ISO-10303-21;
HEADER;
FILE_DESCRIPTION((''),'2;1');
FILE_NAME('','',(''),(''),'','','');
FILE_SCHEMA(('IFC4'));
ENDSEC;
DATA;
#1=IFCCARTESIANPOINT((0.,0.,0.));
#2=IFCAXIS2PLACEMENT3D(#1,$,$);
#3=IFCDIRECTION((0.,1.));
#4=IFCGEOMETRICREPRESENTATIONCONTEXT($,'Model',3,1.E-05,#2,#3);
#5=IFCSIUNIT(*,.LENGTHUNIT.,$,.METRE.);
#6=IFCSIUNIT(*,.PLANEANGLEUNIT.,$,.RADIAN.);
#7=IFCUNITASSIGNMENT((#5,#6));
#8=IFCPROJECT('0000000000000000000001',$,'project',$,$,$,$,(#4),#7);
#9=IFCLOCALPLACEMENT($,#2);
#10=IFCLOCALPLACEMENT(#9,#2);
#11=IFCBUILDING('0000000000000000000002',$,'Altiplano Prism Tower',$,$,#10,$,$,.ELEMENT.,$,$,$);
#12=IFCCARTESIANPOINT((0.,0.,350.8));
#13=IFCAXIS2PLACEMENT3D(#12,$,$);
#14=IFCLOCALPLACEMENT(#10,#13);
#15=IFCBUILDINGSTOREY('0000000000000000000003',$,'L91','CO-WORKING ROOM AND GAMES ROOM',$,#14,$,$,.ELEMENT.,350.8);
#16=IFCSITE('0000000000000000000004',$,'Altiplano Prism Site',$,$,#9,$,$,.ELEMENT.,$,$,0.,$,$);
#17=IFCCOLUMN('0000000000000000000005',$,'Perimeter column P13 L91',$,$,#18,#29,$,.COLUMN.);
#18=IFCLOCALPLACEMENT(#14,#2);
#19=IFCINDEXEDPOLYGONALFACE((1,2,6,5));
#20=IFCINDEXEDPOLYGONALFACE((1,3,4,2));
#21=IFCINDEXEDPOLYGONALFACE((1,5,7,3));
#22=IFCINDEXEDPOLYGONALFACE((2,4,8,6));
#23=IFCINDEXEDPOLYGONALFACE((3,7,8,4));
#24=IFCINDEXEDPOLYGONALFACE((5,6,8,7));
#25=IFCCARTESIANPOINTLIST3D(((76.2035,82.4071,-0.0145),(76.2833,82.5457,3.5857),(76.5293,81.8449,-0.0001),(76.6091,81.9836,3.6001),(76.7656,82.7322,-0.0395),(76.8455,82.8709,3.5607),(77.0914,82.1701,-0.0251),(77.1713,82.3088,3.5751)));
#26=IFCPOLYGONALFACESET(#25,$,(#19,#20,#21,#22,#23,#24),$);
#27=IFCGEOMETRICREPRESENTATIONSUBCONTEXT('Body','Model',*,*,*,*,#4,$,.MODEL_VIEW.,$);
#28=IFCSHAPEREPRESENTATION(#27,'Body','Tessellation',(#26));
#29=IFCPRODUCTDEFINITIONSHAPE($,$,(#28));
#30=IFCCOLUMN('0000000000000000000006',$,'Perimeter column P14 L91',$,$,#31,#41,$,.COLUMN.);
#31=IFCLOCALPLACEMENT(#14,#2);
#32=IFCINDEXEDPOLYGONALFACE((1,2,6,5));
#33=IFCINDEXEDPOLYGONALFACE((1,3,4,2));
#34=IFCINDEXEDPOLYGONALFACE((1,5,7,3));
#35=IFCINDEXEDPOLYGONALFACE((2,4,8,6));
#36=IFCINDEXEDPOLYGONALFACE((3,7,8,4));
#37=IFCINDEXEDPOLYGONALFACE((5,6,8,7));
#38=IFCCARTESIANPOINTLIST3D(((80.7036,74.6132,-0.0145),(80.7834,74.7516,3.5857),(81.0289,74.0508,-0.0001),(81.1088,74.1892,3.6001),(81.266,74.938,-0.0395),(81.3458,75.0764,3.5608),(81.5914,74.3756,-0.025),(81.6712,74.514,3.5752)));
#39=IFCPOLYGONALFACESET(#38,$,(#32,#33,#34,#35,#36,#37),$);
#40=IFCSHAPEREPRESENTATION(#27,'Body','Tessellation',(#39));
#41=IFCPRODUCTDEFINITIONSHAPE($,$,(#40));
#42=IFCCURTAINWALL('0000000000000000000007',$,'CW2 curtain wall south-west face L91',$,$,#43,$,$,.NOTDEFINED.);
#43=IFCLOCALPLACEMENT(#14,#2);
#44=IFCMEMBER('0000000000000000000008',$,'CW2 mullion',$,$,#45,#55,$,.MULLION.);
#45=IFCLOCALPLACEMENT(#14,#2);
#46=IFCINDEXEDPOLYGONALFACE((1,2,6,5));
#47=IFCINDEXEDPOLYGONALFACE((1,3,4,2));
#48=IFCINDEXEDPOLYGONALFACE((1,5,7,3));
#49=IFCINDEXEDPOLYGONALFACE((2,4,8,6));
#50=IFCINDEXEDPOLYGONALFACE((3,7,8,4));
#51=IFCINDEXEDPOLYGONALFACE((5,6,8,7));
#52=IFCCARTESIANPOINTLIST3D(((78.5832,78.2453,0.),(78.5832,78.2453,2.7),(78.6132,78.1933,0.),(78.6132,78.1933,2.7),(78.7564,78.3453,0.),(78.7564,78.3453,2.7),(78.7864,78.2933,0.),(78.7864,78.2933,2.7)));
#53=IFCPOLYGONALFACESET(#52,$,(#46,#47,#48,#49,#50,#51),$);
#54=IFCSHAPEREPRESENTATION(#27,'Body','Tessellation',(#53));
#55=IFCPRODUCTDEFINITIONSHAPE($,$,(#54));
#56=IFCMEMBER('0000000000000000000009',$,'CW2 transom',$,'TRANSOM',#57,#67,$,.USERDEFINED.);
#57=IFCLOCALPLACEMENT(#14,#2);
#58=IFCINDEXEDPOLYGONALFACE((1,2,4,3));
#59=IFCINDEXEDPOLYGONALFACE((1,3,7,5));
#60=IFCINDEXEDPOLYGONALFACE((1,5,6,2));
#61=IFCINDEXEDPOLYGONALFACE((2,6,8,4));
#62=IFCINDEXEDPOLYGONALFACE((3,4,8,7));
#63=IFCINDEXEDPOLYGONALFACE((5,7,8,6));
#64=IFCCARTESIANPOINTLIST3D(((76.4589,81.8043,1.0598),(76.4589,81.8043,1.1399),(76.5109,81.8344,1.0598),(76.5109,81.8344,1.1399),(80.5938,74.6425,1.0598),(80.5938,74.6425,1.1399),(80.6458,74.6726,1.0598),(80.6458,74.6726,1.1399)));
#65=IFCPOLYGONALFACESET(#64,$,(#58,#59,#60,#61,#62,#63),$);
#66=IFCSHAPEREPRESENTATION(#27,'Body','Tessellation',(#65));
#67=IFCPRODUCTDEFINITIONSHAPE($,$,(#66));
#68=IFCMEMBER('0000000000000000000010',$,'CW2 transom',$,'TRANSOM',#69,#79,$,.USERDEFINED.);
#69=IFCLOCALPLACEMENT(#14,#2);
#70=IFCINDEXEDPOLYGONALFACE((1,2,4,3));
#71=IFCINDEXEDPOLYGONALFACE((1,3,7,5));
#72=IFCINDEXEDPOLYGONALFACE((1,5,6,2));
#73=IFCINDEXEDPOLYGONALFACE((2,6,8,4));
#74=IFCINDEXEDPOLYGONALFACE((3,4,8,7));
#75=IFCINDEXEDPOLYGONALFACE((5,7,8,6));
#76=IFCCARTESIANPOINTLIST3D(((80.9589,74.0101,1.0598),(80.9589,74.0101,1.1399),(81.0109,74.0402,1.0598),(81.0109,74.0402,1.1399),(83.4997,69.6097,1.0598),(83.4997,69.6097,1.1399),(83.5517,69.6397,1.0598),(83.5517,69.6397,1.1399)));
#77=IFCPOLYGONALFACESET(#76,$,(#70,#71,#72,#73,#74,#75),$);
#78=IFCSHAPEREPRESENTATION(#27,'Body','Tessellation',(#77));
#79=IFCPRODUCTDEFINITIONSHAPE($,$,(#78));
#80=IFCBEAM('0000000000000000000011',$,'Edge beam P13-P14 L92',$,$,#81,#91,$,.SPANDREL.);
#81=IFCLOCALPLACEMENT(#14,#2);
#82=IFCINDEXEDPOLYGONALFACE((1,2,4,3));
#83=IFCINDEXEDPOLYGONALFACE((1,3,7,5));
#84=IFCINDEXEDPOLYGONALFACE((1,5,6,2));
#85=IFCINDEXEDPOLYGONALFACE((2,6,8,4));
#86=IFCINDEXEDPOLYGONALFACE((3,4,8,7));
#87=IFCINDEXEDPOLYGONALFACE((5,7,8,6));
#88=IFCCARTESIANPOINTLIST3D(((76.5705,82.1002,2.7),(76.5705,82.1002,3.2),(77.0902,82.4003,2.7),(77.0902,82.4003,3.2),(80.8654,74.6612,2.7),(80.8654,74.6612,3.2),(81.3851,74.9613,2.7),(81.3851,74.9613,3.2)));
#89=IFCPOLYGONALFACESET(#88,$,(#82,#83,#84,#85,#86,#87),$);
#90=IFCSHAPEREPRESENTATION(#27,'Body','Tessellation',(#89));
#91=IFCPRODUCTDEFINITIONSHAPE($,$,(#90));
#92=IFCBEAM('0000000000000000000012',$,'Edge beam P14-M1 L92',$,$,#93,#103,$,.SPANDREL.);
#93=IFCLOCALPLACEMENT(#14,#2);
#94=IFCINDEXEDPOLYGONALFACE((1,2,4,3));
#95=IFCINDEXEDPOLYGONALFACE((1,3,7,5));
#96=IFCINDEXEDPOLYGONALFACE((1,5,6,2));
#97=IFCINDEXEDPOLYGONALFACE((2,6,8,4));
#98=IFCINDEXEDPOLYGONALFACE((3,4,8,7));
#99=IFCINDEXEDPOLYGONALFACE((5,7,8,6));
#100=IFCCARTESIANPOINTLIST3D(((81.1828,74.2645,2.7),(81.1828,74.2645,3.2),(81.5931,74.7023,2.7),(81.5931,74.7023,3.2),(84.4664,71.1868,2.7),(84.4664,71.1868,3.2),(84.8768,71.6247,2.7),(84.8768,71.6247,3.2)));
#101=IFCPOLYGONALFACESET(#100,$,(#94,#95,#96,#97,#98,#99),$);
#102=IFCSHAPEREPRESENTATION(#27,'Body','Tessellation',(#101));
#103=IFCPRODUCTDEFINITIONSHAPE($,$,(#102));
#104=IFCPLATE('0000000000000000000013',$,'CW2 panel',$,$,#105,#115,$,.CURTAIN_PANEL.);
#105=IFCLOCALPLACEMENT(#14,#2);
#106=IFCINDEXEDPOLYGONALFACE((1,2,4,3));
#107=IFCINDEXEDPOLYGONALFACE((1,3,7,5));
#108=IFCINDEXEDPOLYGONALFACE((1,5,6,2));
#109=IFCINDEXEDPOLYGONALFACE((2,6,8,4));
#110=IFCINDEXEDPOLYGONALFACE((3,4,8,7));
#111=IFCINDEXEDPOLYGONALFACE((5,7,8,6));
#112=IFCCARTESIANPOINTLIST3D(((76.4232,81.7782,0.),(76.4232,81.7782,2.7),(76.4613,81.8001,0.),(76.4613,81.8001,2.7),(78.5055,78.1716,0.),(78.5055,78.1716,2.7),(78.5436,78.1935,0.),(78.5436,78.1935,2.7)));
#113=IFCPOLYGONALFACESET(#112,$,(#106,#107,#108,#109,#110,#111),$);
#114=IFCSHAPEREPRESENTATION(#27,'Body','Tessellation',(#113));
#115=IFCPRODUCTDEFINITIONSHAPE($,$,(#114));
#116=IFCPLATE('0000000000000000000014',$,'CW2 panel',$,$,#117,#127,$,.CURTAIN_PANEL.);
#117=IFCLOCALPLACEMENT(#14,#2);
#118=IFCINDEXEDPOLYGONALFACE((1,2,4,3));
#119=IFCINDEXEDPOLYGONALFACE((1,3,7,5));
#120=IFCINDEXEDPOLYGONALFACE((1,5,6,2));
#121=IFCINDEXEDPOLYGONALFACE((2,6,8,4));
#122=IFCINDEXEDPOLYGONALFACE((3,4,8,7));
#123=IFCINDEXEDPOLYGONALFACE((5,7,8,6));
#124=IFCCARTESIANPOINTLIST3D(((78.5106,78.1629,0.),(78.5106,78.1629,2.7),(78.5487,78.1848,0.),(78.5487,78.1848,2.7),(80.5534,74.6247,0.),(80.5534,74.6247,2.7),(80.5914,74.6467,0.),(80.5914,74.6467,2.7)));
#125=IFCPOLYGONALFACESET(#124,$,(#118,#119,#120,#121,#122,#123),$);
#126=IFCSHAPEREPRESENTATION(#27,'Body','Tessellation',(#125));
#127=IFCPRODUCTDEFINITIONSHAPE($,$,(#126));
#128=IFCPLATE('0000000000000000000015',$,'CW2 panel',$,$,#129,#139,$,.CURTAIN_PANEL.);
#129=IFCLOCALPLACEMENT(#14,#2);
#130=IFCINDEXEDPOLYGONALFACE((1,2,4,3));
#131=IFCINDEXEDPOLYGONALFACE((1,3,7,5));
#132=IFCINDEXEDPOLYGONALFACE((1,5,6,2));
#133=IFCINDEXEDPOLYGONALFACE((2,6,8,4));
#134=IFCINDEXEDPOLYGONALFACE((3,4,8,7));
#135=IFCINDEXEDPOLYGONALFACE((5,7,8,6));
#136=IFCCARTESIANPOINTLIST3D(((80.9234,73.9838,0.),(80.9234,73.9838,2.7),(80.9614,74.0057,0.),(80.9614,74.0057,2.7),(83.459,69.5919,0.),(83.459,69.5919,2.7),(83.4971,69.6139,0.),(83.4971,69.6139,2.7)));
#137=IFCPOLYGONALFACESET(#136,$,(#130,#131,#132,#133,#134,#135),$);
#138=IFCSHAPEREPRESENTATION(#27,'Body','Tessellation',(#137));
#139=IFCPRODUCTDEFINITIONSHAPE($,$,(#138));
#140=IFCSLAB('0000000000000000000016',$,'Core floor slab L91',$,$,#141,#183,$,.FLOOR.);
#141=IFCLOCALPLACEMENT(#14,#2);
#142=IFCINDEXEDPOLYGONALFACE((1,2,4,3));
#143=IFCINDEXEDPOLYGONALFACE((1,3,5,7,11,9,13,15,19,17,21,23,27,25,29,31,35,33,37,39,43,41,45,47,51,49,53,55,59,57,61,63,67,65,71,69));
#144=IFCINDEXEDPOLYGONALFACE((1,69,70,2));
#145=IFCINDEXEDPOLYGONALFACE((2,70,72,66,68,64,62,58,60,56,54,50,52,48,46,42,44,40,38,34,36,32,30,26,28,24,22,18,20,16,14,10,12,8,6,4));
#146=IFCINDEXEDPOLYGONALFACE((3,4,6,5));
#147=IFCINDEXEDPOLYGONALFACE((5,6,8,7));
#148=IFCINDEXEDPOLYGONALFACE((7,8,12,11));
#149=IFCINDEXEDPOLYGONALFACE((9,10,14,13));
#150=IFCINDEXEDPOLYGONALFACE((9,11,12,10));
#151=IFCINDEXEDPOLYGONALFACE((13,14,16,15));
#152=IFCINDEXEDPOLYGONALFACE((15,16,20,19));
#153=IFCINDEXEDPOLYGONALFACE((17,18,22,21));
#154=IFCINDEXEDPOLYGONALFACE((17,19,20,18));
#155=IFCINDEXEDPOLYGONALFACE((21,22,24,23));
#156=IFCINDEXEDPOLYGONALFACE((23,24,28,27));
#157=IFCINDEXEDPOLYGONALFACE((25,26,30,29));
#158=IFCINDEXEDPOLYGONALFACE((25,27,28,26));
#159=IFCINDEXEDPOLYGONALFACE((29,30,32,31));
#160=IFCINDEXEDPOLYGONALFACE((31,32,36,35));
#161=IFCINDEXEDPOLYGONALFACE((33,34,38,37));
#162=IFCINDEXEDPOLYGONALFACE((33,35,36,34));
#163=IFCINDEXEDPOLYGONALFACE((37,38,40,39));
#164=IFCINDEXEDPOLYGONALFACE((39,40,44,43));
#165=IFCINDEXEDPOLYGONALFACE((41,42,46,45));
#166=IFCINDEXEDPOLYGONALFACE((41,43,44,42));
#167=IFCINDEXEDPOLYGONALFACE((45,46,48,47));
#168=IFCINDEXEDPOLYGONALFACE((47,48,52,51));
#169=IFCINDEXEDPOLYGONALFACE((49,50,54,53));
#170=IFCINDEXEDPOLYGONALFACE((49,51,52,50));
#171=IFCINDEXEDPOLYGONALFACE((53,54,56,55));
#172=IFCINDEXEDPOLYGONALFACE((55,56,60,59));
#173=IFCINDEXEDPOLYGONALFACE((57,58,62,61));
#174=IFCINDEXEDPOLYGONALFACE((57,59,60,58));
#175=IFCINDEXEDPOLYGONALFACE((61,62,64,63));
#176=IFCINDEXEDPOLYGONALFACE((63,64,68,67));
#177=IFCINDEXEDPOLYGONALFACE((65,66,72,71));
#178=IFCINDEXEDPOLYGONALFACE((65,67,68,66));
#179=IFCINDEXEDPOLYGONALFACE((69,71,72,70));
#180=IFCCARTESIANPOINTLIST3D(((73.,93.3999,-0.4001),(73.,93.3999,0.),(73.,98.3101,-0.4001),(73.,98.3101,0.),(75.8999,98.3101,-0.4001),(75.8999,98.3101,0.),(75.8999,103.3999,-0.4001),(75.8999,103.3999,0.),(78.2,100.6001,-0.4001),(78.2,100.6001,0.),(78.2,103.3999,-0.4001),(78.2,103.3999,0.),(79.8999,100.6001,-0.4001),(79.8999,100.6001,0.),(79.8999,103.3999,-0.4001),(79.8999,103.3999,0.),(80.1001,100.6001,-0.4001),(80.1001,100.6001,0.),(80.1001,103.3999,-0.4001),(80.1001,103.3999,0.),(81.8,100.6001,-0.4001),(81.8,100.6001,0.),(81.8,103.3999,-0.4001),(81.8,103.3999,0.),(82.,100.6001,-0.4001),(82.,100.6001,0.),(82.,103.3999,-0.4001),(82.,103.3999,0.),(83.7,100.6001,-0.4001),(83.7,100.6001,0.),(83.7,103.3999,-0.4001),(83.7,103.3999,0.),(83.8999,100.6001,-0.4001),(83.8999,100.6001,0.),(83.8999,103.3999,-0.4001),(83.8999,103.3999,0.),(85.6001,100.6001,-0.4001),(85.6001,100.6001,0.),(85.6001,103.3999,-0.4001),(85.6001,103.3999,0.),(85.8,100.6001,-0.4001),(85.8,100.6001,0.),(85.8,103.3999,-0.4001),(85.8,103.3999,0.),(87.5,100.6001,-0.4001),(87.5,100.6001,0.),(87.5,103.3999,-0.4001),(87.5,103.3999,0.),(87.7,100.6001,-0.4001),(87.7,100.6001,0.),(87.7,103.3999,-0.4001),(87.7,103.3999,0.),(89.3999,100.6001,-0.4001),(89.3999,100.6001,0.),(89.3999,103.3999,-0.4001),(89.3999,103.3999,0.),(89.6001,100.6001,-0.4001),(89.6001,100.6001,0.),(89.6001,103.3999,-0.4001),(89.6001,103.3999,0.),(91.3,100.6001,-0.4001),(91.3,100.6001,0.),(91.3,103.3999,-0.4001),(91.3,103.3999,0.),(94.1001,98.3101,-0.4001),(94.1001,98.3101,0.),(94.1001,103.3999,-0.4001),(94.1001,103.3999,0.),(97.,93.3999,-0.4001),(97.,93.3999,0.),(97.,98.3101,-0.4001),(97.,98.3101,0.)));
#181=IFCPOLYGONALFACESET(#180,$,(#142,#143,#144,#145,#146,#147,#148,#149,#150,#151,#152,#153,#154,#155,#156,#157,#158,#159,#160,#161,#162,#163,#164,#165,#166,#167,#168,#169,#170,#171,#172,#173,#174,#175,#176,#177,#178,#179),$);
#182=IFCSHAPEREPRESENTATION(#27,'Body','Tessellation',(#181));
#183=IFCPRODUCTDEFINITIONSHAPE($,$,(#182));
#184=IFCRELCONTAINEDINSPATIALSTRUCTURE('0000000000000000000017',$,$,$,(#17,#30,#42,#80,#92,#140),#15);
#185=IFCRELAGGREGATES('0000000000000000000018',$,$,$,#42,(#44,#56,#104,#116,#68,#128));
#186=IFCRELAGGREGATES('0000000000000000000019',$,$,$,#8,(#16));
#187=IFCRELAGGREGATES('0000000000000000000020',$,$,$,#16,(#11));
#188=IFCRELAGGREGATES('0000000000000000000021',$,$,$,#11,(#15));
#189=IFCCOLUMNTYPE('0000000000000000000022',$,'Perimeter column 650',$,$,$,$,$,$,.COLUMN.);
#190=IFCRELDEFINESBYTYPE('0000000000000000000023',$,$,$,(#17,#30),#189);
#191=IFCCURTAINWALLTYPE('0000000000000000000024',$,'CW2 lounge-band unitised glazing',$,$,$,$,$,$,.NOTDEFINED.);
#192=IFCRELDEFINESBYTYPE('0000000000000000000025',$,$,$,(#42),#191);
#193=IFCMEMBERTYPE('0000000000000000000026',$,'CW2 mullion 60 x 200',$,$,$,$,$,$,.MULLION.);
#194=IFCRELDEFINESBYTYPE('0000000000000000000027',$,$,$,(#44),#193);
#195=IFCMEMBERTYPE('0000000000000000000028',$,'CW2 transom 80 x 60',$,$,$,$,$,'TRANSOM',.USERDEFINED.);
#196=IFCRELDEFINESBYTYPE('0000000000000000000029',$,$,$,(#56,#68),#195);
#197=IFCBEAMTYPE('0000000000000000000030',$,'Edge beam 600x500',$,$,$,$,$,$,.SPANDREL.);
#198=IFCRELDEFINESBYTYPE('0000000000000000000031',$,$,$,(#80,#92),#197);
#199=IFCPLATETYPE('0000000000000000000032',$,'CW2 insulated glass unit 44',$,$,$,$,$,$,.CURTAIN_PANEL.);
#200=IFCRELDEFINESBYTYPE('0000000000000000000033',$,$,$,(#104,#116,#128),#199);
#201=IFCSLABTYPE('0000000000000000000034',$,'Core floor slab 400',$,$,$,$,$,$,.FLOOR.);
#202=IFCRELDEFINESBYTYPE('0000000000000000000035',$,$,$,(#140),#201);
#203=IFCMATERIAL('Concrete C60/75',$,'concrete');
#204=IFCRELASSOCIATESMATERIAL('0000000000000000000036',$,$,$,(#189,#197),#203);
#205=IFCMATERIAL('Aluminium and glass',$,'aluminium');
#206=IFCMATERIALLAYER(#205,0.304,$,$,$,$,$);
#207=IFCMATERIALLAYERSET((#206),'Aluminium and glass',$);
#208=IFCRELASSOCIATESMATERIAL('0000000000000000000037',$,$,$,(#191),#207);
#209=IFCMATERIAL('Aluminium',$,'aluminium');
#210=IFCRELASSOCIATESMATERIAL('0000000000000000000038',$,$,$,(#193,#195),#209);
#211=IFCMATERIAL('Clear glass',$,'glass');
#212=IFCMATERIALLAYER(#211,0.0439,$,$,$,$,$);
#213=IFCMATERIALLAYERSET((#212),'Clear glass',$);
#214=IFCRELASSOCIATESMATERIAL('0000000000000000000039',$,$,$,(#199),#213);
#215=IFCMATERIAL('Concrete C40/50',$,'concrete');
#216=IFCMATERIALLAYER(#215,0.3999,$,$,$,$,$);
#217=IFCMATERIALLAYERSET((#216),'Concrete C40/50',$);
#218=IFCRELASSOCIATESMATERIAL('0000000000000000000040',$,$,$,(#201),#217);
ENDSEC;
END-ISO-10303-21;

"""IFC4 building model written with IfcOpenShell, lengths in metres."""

from ifc_helpers import new_model, si_unit, direction, frame, origin, origin_2d, place, context, subcontext, project, spatial, polyline, rectangle, outline, extrude, material, layer, layer_set, material_profile, profile_set, type_object, element, aggregate, save


model = new_model("IFC4")

# Units and contexts
model_context = context("Model", 3, precision=1e-05, world=origin(), true_north=direction((0.0, 1.0)))
body_context = subcontext(model_context, "Body", "Model", "MODEL_VIEW")
ifc_project = project(units=[si_unit("LENGTHUNIT", "METRE"), si_unit("PLANEANGLEUNIT", "RADIAN")], contexts=[model_context])

# Site, building, storey
site_placement = place(None, origin())
site = spatial("IfcSite", under=ifc_project, at=site_placement, Name="Altiplano Prism Site", CompositionType="ELEMENT", RefElevation=0.0)
building_placement = place(site_placement, origin())
building = spatial("IfcBuilding", under=site, at=building_placement, Name="Altiplano Prism Tower", CompositionType="ELEMENT")
storey_placement = place(building_placement, frame((0.0, 0.0, 350.8)))
storey = spatial("IfcBuildingStorey", under=building, at=storey_placement, Name="L91", Description="CO-WORKING ROOM AND GAMES ROOM", CompositionType="ELEMENT", Elevation=350.8)

# Columns
ifc_material_1 = material(Name="Concrete C60/75", Category="concrete")
ifc_material_profile_1 = material_profile(ifc_material_1, rectangle(XDim=0.6499, YDim=0.6499, at=origin_2d()), Name="Perimeter column 650")
ifc_profile_set_1 = profile_set([ifc_material_profile_1], Name="Concrete C60/75")
column_type = type_object("IfcColumnType", Name="Perimeter column 650", PredefinedType="COLUMN", material=ifc_profile_set_1)
for number, where, z_axis, x_axis, name in (
    (1, (76.6475, 82.2886, -0.0198), (0.022154, 0.038481, 0.999014), (-0.86498, -0.500331, 0.038454), "Perimeter column P13 L91"),
    (2, (81.1475, 74.4944, -0.0198), (0.022154, 0.038413, 0.999016), (-0.865362, -0.499674, 0.038403), "Perimeter column P14 L91"),
):
    element("IfcColumn", number, at=place(storey_placement, frame(where, z_axis=z_axis, x_axis=x_axis)), inside=storey, type_object=column_type, Name=name, PredefinedType="COLUMN", context=body_context, shape_type="SweptSolid", body=[
        extrude(rectangle(XDim=0.6499, YDim=0.6499, at=origin_2d()), origin(), (0.0, 0.0, 1.0), 3.6038),
    ])

# Curtain wall, members
ifc_material_2 = material(Name="Aluminium and glass", Category="aluminium")
ifc_layer_1 = layer(ifc_material_2, 0.304)
ifc_layer_set_1 = layer_set([ifc_layer_1], Name="Aluminium and glass")
curtain_wall_type = type_object("IfcCurtainWallType", Name="CW2 lounge-band unitised glazing", PredefinedType="NOTDEFINED", material=ifc_layer_set_1)
curtain_wall_placement = place(storey_placement, origin())
curtain_wall = element("IfcCurtainWall", 3, at=curtain_wall_placement, inside=storey, type_object=curtain_wall_type, Name="CW2 curtain wall south-west face L91", PredefinedType="NOTDEFINED")
ifc_material_3 = material(Name="Aluminium", Category="aluminium")
ifc_material_profile_2 = material_profile(ifc_material_3, rectangle(XDim=0.2, YDim=0.0601, at=origin_2d()), Name="CW2 mullion 60 x 200")
ifc_profile_set_2 = profile_set([ifc_material_profile_2], Name="Aluminium")
member_type_1 = type_object("IfcMemberType", Name="CW2 mullion 60 x 200", PredefinedType="MULLION", material=ifc_profile_set_2)
member_1_placement = place(storey_placement, frame((78.6848, 78.2693, 0.0), z_axis=(0.0, 0.0, 1.0), x_axis=(0.866025, 0.5, 0.0)))
member_1 = element("IfcMember", 4, at=member_1_placement, type_object=member_type_1, Name="CW2 mullion", PredefinedType="MULLION", context=body_context, shape_type="SweptSolid", body=[
    extrude(rectangle(XDim=0.2, YDim=0.0601, at=origin_2d()), origin(), (0.0, 0.0, 1.0), 2.7),
])
ifc_material_profile_3 = material_profile(ifc_material_3, rectangle(XDim=0.0601, YDim=0.0801, at=origin_2d()), Name="CW2 transom 80 x 60")
ifc_profile_set_3 = profile_set([ifc_material_profile_3], Name="Aluminium")
member_type_2 = type_object("IfcMemberType", Name="CW2 transom 80 x 60", ElementType="TRANSOM", PredefinedType="USERDEFINED", material=ifc_profile_set_3)
member_2_placement = place(storey_placement, frame((76.4849, 81.8193, 1.0999), z_axis=(0.50001, -0.86602, 0.0), x_axis=(0.86602, 0.50001, 0.0)))
member_2 = element("IfcMember", 5, at=member_2_placement, type_object=member_type_2, Name="CW2 transom", ObjectType="TRANSOM", PredefinedType="USERDEFINED", context=body_context, shape_type="SweptSolid", body=[
    extrude(rectangle(XDim=0.0601, YDim=0.0801, at=origin_2d()), origin(), (0.0, 0.0, 1.0), 8.2698),
])
member_3_placement = place(storey_placement, frame((80.9849, 74.0251, 1.0999), z_axis=(0.50003, -0.866008, 0.0), x_axis=(0.866008, 0.50003, 0.0)))
member_3 = element("IfcMember", 6, at=member_3_placement, type_object=member_type_2, Name="CW2 transom", ObjectType="TRANSOM", PredefinedType="USERDEFINED", context=body_context, shape_type="SweptSolid", body=[
    extrude(rectangle(XDim=0.0601, YDim=0.0801, at=origin_2d()), origin(), (0.0, 0.0, 1.0), 5.0813),
])

# Beams
ifc_material_profile_4 = material_profile(ifc_material_1, rectangle(XDim=0.6001, YDim=0.5, at=origin_2d()), Name="Edge beam 600x500")
ifc_profile_set_4 = profile_set([ifc_material_profile_4], Name="Concrete C60/75")
beam_type = type_object("IfcBeamType", Name="Edge beam 600x500", PredefinedType="SPANDREL", material=ifc_profile_set_4)
beam_1_placement = place(storey_placement, frame((76.8303, 82.2502, 2.95), z_axis=(0.500003, -0.866024, 0.0), x_axis=(0.866024, 0.500003, 0.0)))
element("IfcBeam", 7, at=beam_1_placement, inside=storey, type_object=beam_type, Name="Edge beam P13-P14 L92", PredefinedType="SPANDREL", context=body_context, shape_type="SweptSolid", body=[
    extrude(rectangle(XDim=0.6001, YDim=0.5, at=origin_2d()), origin(), (0.0, 0.0, 1.0), 8.5898),
])
beam_2_placement = place(storey_placement, frame((81.3879, 74.4834, 2.95), z_axis=(0.729629, -0.683844, 0.0), x_axis=(0.683844, 0.729629, 0.0)))
element("IfcBeam", 8, at=beam_2_placement, inside=storey, type_object=beam_type, Name="Edge beam P14-M1 L92", PredefinedType="SPANDREL", context=body_context, shape_type="SweptSolid", body=[
    extrude(rectangle(XDim=0.6001, YDim=0.5, at=origin_2d()), origin(), (0.0, 0.0, 1.0), 4.5005),
])

# Plates
ifc_material_4 = material(Name="Clear glass", Category="glass")
ifc_layer_2 = layer(ifc_material_4, 0.0439)
ifc_layer_set_2 = layer_set([ifc_layer_2], Name="Clear glass")
plate_type = type_object("IfcPlateType", Name="CW2 insulated glass unit 44", PredefinedType="CURTAIN_PANEL", material=ifc_layer_set_2)
plate_1_placement = place(storey_placement, frame((77.4834, 79.9858, 0.0), z_axis=(0.0, 0.0, 1.0), x_axis=(0.5, -0.866025, 0.0)))
plate_1 = element("IfcPlate", 9, at=plate_1_placement, type_object=plate_type, Name="CW2 panel", PredefinedType="CURTAIN_PANEL", context=body_context, shape_type="SweptSolid", body=[
    extrude(rectangle(XDim=4.1646, YDim=0.0439, at=origin_2d()), origin(), (0.0, 0.0, 1.0), 2.7),
])
plate_2_placement = place(storey_placement, frame((79.551, 76.4048, 0.0), z_axis=(0.0, 0.0, 1.0), x_axis=(0.5, -0.866025, 0.0)))
plate_2 = element("IfcPlate", 10, at=plate_2_placement, type_object=plate_type, Name="CW2 panel", PredefinedType="CURTAIN_PANEL", context=body_context, shape_type="SweptSolid", body=[
    extrude(rectangle(XDim=4.0854, YDim=0.0439, at=origin_2d()), origin(), (0.0, 0.0, 1.0), 2.7),
])
plate_3_placement = place(storey_placement, frame((82.2102, 71.7988, 0.0), z_axis=(0.0, 0.0, 1.0), x_axis=(0.5, -0.866025, 0.0)))
plate_3 = element("IfcPlate", 11, at=plate_3_placement, type_object=plate_type, Name="CW2 panel", PredefinedType="CURTAIN_PANEL", context=body_context, shape_type="SweptSolid", body=[
    extrude(rectangle(XDim=5.0713, YDim=0.0439, at=origin_2d()), origin(), (0.0, 0.0, 1.0), 2.7),
])
aggregate(curtain_wall, [member_1, member_2, plate_1, plate_2, member_3, plate_3])

# Slab
ifc_material_5 = material(Name="Concrete C40/50", Category="concrete")
ifc_layer_3 = layer(ifc_material_5, 0.3999)
ifc_layer_set_3 = layer_set([ifc_layer_3], Name="Concrete C40/50")
slab_type_1 = type_object("IfcSlabType", Name="Core floor slab 400", PredefinedType="FLOOR", material=ifc_layer_set_3)
slab_1_placement = place(storey_placement, frame((0.0, 0.0, -0.4001)))
element("IfcSlab", 12, at=slab_1_placement, inside=storey, type_object=slab_type_1, Name="Core floor slab L91", PredefinedType="FLOOR", context=body_context, shape_type="SweptSolid", body=[
    extrude(outline(polyline([(97.0, 98.3101), (94.1001, 98.3101), (94.1001, 103.3999), (91.3, 103.3999), (91.3, 100.6001), (89.6001, 100.6001), (89.6001, 103.3999), (89.3999, 103.3999), (89.3999, 100.6001), (87.7, 100.6001), (87.7, 103.3999), (87.5, 103.3999), (87.5, 100.6001), (85.8, 100.6001), (85.8, 103.3999), (85.6001, 103.3999), (85.6001, 100.6001), (83.8999, 100.6001), (83.8999, 103.3999), (83.7, 103.3999), (83.7, 100.6001), (82.0, 100.6001), (82.0, 103.3999), (81.8, 103.3999), (81.8, 100.6001), (80.1001, 100.6001), (80.1001, 103.3999), (79.8999, 103.3999), (79.8999, 100.6001), (78.2, 100.6001), (78.2, 103.3999), (75.8999, 103.3999), (75.8999, 98.3101), (73.0, 98.3101), (73.0, 93.3999), (97.0, 93.3999), (97.0, 98.3101)])), origin(), (0.0, 0.0, 1.0), 0.4001),
])

save(model, "model.ifc")
